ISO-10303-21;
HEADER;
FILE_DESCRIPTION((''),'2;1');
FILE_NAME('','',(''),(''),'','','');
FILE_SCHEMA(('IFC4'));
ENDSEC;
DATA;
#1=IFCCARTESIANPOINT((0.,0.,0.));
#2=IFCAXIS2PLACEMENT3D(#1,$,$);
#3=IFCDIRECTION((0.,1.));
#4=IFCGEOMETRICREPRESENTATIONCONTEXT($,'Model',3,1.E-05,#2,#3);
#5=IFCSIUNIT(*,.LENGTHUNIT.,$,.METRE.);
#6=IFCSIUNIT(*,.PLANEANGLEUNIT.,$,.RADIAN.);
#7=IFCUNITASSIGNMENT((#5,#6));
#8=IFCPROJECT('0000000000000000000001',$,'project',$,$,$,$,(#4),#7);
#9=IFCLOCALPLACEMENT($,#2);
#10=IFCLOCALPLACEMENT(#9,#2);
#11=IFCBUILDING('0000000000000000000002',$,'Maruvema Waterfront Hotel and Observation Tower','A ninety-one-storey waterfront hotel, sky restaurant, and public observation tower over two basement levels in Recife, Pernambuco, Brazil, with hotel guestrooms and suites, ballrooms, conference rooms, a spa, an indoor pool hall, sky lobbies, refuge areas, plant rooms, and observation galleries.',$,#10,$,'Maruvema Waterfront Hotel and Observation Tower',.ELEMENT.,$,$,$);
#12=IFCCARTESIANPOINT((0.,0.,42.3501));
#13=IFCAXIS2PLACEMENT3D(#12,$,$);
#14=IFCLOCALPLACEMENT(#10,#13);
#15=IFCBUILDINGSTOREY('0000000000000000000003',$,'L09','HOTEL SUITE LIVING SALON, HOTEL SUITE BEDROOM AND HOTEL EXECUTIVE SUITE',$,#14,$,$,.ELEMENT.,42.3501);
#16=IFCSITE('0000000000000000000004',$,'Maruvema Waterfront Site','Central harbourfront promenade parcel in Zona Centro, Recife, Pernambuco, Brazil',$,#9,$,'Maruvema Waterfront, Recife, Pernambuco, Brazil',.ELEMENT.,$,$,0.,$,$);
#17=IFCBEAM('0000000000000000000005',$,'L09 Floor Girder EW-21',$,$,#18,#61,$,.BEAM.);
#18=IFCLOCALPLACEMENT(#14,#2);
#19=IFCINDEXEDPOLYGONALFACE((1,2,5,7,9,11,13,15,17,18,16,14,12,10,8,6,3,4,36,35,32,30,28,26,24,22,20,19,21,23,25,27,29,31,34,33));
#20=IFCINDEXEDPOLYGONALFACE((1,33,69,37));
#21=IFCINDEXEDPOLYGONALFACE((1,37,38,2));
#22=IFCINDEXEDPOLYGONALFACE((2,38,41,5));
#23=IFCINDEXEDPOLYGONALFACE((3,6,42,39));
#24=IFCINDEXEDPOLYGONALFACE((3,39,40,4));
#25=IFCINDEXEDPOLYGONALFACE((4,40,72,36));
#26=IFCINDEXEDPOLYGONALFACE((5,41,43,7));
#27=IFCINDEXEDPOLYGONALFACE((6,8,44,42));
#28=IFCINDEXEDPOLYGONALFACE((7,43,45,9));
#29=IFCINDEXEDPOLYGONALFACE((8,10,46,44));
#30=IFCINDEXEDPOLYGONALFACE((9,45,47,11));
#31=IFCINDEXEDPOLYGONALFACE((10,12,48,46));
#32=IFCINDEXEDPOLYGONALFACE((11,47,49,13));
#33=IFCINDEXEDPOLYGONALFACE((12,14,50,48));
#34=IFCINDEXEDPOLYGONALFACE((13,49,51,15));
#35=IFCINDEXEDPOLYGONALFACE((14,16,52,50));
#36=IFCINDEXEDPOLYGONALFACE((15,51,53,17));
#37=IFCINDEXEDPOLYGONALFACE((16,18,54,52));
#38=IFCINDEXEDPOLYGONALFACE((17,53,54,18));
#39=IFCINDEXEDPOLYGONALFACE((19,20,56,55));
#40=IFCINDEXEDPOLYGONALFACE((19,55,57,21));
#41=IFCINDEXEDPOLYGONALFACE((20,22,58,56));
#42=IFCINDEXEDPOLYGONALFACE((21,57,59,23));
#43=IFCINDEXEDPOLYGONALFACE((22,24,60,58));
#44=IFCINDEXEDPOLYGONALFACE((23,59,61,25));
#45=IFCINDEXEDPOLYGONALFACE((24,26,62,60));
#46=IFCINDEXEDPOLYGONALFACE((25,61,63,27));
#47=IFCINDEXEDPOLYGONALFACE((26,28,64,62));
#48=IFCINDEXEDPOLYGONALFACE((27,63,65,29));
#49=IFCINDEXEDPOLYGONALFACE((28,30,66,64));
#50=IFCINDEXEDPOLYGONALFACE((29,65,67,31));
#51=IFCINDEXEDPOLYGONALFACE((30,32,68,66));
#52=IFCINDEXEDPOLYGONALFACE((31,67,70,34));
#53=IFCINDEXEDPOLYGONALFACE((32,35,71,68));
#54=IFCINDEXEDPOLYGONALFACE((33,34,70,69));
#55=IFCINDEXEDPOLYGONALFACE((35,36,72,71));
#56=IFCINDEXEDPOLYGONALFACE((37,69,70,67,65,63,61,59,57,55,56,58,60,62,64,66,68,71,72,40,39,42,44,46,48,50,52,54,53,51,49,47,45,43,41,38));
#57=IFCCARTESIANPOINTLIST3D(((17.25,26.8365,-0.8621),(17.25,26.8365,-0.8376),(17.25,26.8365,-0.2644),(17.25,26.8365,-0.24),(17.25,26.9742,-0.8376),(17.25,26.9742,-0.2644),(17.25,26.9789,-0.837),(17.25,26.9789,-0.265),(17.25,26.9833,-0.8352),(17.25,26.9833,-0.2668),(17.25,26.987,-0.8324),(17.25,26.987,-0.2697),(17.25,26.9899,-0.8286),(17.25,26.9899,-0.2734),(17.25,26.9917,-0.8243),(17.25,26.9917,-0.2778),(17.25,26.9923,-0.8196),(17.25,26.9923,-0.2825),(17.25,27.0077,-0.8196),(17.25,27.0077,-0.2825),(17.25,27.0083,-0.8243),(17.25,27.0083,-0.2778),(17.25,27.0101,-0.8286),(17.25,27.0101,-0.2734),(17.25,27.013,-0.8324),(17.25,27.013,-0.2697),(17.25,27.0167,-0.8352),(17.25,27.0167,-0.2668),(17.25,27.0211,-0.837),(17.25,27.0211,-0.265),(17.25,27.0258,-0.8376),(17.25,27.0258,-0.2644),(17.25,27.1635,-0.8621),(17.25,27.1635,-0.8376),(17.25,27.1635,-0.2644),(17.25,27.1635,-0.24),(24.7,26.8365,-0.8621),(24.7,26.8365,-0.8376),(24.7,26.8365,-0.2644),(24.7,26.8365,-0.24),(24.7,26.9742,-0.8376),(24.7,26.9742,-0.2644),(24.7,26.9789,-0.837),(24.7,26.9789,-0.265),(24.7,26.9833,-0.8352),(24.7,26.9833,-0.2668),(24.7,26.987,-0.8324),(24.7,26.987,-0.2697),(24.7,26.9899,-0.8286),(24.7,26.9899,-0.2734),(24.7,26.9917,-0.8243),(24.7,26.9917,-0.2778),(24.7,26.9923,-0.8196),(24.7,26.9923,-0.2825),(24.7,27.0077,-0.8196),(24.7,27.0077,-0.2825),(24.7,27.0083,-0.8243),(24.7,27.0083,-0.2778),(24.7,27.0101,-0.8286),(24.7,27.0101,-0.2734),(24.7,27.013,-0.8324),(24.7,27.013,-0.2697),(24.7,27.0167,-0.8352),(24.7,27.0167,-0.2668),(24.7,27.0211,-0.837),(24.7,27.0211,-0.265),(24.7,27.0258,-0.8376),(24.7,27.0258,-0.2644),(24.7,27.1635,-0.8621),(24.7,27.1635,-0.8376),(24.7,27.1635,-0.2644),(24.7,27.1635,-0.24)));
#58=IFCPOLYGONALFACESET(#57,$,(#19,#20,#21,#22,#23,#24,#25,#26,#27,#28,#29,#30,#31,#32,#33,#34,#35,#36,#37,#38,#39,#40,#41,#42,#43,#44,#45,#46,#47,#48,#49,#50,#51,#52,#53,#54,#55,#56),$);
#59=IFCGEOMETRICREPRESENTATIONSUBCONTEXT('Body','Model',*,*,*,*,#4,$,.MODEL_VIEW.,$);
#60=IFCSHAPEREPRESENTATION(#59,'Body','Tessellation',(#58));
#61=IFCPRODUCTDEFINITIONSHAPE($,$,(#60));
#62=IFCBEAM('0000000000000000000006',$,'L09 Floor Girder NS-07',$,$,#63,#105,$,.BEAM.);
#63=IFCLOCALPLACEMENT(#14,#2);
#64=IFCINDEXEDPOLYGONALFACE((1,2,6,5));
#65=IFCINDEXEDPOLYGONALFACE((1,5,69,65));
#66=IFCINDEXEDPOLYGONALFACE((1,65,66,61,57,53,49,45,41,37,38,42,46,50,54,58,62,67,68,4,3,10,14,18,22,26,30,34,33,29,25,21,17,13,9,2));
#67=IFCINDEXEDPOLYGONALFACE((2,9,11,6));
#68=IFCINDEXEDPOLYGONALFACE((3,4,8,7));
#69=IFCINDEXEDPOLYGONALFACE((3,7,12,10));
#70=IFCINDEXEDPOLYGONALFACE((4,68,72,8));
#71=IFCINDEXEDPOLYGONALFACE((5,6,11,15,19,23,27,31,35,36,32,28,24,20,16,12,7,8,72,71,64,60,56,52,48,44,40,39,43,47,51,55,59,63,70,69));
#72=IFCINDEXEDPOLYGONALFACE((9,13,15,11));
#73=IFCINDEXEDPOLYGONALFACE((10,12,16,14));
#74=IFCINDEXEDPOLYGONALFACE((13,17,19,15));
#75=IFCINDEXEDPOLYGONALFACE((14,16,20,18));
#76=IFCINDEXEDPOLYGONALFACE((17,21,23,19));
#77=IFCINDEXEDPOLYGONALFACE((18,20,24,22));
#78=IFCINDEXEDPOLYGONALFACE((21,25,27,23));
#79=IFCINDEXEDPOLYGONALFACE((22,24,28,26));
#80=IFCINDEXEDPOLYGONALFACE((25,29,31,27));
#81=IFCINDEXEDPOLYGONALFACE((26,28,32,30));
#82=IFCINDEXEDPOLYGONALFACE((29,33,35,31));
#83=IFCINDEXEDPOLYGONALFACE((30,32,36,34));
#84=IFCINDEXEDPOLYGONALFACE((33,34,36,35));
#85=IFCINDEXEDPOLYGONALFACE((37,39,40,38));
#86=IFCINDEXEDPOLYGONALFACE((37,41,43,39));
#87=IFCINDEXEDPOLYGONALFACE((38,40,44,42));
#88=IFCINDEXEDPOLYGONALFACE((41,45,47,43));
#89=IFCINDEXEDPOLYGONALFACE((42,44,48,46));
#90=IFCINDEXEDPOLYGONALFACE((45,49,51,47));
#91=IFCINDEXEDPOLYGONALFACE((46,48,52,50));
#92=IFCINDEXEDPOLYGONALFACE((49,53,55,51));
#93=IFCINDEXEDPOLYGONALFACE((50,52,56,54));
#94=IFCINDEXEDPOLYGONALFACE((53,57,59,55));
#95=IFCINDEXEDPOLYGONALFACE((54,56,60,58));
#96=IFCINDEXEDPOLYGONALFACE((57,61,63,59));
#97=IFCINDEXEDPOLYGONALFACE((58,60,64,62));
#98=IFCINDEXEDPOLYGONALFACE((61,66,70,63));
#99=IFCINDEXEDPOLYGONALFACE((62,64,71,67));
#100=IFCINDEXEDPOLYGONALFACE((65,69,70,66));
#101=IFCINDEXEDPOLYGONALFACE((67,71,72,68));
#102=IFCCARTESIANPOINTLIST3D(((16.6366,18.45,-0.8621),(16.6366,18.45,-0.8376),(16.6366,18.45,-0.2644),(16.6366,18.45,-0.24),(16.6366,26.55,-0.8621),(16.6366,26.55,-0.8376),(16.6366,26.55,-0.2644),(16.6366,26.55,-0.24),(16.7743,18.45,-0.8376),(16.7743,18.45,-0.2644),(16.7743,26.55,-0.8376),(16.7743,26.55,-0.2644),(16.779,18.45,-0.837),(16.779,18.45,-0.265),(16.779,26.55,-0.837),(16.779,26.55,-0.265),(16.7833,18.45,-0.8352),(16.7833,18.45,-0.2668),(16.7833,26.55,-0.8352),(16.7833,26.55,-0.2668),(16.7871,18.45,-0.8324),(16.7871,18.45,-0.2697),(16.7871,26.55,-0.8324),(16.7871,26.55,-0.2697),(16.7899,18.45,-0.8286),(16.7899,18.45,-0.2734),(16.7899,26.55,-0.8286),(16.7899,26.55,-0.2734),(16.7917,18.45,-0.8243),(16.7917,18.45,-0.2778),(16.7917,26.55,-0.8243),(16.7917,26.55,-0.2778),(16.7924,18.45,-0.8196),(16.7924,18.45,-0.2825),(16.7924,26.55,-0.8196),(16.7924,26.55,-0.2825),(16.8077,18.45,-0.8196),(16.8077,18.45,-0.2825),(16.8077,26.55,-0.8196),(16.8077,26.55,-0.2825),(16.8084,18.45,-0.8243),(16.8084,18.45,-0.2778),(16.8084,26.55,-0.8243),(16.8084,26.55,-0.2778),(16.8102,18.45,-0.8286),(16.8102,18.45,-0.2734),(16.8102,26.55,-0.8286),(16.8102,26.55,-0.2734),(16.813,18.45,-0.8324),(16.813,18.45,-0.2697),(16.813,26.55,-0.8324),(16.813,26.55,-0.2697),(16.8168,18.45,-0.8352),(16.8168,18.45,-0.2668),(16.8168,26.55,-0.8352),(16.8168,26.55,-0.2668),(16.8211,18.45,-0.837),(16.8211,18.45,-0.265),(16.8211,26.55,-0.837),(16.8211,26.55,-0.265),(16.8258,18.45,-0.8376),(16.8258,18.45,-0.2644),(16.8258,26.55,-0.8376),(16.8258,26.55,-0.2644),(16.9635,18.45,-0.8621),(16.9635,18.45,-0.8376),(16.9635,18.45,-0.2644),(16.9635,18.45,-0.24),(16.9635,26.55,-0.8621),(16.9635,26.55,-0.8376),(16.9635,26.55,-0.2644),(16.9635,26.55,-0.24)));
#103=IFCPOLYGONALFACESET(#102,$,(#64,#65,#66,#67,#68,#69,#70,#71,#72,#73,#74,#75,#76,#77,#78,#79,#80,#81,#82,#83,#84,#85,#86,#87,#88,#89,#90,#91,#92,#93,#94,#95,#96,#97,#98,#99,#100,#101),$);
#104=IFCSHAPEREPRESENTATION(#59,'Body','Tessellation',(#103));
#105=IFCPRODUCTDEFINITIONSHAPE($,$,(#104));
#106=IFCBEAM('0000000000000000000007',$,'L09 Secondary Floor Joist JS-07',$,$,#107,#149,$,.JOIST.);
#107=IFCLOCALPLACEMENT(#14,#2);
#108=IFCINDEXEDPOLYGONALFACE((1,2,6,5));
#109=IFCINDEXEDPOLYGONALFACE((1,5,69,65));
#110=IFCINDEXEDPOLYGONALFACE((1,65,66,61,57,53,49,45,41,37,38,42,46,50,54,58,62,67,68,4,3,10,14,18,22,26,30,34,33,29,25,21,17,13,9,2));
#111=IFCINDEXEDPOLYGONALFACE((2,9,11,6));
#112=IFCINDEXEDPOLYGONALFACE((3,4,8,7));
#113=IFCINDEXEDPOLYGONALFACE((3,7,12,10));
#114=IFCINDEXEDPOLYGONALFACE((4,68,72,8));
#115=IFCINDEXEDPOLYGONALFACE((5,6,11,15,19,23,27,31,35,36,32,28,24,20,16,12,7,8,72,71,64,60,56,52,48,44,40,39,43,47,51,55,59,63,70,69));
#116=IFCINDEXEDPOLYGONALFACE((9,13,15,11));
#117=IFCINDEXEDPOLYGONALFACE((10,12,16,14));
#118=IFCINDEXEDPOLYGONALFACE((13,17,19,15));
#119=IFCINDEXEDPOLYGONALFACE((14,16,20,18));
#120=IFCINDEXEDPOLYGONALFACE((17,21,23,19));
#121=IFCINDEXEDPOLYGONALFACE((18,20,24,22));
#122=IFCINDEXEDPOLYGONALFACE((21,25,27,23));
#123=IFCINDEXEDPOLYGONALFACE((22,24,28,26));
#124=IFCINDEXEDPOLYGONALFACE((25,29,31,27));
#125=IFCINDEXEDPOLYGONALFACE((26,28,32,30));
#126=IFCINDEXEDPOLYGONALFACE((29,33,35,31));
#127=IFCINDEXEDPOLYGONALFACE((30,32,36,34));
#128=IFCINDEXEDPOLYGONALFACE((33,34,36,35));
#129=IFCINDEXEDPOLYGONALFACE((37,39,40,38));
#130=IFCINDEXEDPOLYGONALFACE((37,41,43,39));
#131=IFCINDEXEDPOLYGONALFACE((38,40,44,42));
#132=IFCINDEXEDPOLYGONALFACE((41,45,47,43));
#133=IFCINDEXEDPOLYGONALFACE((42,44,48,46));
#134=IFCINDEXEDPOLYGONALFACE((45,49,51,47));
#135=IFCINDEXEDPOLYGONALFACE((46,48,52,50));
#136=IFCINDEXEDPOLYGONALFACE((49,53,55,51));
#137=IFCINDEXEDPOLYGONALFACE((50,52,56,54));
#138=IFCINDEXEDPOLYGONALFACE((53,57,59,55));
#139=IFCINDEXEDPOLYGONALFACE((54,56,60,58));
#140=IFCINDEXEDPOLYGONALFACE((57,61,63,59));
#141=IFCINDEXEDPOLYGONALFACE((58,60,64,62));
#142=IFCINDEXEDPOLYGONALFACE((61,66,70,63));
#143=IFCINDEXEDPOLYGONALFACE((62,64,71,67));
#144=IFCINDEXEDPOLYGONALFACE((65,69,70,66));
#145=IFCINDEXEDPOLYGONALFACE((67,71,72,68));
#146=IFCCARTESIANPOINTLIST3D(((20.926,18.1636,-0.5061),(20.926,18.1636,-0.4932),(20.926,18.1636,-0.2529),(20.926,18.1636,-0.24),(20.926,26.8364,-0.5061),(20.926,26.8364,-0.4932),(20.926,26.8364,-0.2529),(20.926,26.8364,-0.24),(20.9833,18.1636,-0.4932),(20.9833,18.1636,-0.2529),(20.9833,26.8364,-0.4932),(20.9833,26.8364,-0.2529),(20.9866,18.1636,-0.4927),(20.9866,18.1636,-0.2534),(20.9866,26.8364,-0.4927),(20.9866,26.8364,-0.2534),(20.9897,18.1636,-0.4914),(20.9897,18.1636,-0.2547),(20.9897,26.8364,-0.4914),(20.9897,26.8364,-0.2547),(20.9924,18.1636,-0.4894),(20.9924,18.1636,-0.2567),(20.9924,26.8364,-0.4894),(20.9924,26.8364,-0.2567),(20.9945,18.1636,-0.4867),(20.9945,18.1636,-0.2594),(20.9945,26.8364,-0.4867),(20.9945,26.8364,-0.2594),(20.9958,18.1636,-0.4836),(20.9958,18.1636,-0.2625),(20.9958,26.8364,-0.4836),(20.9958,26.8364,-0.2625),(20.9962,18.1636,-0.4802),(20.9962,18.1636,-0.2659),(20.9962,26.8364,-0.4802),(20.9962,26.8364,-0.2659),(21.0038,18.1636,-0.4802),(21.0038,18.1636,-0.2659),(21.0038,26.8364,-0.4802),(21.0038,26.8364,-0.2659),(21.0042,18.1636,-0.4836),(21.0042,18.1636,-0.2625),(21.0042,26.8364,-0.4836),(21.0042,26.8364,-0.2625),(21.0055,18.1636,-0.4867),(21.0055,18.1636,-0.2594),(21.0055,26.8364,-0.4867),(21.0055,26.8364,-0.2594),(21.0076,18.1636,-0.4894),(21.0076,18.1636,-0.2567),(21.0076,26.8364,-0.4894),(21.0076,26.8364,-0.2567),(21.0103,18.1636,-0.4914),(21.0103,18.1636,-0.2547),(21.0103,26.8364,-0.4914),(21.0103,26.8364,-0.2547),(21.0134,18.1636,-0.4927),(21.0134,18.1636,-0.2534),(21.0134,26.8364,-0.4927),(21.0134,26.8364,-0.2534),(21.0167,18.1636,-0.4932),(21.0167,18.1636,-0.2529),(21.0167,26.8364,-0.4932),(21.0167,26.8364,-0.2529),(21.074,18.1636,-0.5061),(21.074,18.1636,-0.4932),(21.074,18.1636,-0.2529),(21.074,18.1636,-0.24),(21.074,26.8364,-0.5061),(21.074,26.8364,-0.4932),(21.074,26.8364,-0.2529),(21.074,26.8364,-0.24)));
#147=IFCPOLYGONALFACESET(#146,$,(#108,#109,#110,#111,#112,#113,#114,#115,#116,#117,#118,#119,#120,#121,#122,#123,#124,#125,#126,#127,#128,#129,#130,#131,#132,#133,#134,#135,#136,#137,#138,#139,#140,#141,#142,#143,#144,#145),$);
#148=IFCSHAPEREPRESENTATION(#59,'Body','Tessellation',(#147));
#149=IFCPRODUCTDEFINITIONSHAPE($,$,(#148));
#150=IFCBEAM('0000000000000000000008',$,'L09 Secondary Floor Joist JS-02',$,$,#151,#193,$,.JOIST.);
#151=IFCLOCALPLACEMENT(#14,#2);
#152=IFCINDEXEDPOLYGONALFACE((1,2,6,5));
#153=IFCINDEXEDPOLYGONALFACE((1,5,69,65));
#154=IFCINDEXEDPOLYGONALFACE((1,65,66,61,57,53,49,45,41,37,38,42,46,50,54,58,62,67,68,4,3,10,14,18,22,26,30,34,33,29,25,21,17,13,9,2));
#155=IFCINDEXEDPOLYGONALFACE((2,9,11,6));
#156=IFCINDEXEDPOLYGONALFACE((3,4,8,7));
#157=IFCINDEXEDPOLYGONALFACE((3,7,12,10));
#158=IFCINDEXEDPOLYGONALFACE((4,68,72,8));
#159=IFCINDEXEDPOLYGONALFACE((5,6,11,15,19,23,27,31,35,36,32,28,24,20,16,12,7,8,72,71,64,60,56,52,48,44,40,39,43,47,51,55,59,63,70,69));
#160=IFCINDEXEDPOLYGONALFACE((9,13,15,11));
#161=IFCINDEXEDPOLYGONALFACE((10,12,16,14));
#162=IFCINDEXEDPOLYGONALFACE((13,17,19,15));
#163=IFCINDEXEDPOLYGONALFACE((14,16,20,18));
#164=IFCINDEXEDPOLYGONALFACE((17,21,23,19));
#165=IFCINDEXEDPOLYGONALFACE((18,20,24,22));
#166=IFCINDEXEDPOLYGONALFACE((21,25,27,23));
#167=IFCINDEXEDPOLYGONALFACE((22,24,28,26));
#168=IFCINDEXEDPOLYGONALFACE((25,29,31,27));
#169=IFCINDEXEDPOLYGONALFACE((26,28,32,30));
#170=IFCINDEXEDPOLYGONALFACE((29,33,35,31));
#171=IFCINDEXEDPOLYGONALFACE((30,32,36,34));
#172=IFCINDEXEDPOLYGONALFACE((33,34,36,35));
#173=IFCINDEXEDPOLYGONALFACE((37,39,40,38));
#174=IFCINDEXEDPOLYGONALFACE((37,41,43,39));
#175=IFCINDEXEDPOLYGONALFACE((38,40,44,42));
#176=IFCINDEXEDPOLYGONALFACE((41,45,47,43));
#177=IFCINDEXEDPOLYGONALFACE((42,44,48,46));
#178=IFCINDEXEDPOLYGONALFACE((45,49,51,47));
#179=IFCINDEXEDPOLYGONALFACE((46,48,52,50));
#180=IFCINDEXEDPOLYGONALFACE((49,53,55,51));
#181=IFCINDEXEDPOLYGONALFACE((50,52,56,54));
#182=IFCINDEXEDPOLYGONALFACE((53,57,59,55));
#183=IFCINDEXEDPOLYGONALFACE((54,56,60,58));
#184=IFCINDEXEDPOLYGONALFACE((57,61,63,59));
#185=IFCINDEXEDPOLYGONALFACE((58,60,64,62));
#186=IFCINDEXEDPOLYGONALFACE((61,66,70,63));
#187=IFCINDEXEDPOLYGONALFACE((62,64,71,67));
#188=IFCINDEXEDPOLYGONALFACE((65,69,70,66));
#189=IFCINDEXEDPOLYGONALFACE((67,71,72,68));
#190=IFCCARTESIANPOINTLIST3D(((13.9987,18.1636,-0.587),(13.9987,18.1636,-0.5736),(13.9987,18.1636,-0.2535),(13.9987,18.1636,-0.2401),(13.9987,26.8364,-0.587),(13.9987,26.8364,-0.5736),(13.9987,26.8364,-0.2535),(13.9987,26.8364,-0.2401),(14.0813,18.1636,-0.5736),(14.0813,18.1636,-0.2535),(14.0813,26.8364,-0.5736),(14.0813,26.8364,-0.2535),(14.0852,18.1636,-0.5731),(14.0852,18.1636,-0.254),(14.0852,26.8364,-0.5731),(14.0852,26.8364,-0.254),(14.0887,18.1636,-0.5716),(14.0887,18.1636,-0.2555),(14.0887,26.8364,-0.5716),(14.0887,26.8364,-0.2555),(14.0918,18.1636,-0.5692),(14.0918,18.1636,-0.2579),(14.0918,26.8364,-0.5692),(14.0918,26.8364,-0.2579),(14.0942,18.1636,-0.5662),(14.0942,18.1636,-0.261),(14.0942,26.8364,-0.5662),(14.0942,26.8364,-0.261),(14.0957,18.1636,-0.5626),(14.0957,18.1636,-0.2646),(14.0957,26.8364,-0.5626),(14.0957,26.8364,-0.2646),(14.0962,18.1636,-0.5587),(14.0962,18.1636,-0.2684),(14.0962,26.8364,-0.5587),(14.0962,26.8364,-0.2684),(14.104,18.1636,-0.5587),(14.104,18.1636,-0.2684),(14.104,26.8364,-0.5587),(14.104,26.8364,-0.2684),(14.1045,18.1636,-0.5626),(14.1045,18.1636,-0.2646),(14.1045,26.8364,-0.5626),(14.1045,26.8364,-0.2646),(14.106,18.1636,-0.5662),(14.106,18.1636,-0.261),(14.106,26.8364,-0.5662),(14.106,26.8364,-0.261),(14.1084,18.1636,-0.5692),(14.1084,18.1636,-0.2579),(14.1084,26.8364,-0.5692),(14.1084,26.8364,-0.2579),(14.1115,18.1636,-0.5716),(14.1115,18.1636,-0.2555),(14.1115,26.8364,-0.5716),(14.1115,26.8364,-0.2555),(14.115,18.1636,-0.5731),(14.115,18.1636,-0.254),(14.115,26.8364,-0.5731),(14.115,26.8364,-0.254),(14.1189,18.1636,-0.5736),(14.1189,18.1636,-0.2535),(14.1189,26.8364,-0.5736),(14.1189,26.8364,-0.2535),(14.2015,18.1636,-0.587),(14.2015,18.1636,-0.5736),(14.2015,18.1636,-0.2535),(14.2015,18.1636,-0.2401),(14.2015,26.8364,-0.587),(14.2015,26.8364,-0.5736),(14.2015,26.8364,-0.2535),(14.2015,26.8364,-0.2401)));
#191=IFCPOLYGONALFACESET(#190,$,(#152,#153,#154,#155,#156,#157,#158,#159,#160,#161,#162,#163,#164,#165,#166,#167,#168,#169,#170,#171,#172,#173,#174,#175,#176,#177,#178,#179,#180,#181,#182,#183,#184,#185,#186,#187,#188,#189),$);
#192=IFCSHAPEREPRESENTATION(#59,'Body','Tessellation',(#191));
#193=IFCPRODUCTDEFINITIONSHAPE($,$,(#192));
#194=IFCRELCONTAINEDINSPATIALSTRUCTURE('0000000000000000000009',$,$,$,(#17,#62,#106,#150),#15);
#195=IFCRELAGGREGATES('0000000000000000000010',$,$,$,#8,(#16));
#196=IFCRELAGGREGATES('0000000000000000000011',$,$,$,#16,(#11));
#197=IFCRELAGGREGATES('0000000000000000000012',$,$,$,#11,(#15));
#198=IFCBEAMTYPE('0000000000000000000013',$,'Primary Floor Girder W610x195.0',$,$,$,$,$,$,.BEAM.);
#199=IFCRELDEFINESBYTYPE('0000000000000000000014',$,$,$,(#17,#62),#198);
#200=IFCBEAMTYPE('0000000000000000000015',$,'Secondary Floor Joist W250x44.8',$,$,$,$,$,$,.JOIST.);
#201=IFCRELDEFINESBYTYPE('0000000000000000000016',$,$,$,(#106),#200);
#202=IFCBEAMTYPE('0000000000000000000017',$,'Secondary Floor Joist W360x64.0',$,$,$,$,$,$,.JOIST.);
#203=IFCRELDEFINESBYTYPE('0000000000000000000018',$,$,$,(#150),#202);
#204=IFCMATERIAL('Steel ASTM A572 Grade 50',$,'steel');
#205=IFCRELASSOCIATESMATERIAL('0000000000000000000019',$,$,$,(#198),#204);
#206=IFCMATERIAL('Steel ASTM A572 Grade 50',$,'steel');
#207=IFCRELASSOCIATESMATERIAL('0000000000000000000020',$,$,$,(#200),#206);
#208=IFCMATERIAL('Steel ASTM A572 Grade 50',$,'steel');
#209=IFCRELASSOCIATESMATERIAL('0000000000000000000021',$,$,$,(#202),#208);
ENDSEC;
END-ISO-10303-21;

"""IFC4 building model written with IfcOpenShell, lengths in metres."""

from ifc_helpers import new_model, si_unit, direction, frame, origin, origin_2d, place, context, subcontext, project, spatial, i_section, extrude, material, material_profile, profile_set, type_object, element, save


model = new_model("IFC4")

# Units and contexts
model_context = context("Model", 3, precision=1e-05, world=origin(), true_north=direction((0.0, 1.0)))
body_context = subcontext(model_context, "Body", "Model", "MODEL_VIEW")
ifc_project = project(units=[si_unit("LENGTHUNIT", "METRE"), si_unit("PLANEANGLEUNIT", "RADIAN")], contexts=[model_context])

# Site, building, storey
site_placement = place(None, origin())
site = spatial("IfcSite", under=ifc_project, at=site_placement, Name="Maruvema Waterfront Site", Description="Central harbourfront promenade parcel in Zona Centro, Recife, Pernambuco, Brazil", LongName="Maruvema Waterfront, Recife, Pernambuco, Brazil", CompositionType="ELEMENT", RefElevation=0.0)
building_placement = place(site_placement, origin())
building = spatial("IfcBuilding", under=site, at=building_placement, Name="Maruvema Waterfront Hotel and Observation Tower", Description="A ninety-one-storey waterfront hotel, sky restaurant, and public observation tower over two basement levels in Recife, Pernambuco, Brazil, with hotel guestrooms and suites, ballrooms, conference rooms, a spa, an indoor pool hall, sky lobbies, refuge areas, plant rooms, and observation galleries.", LongName="Maruvema Waterfront Hotel and Observation Tower", CompositionType="ELEMENT")
storey_placement = place(building_placement, frame((0.0, 0.0, 42.3501)))
storey = spatial("IfcBuildingStorey", under=building, at=storey_placement, Name="L09", Description="HOTEL SUITE LIVING SALON, HOTEL SUITE BEDROOM AND HOTEL EXECUTIVE SUITE", CompositionType="ELEMENT", Elevation=42.3501)

# Beams
ifc_material_1 = material(Name="Steel ASTM A572 Grade 50", Category="steel")
ifc_material_profile_1 = material_profile(ifc_material_1, i_section(OverallWidth=0.3269, OverallDepth=0.6221, WebThickness=0.0154, FlangeThickness=0.0244, FilletRadius=0.0181, at=origin_2d()), Name="W610x195.0")
ifc_profile_set_1 = profile_set([ifc_material_profile_1], Name="Steel ASTM A572 Grade 50")
beam_type_1 = type_object("IfcBeamType", Name="Primary Floor Girder W610x195.0", PredefinedType="BEAM", material=ifc_profile_set_1)
beam_1_placement = place(storey_placement, frame((17.25, 27.0, -0.551), z_axis=(1.0, 0.0, 0.0), x_axis=(0.0, 1.0, 0.0)))
element("IfcBeam", 1, at=beam_1_placement, inside=storey, type_object=beam_type_1, Name="L09 Floor Girder EW-21", PredefinedType="BEAM", context=body_context, shape_type="SweptSolid", body=[
    extrude(i_section(OverallWidth=0.3269, OverallDepth=0.6221, WebThickness=0.0154, FlangeThickness=0.0244, FilletRadius=0.0181, at=origin_2d()), origin(), (0.0, 0.0, 1.0), 7.45),
])
beam_2_placement = place(storey_placement, frame((16.8, 18.45, -0.551), z_axis=(0.0, 1.0, 0.0), x_axis=(-1.0, 0.0, 0.0)))
element("IfcBeam", 2, at=beam_2_placement, inside=storey, type_object=beam_type_1, Name="L09 Floor Girder NS-07", PredefinedType="BEAM", context=body_context, shape_type="SweptSolid", body=[
    extrude(i_section(OverallWidth=0.3269, OverallDepth=0.6221, WebThickness=0.0154, FlangeThickness=0.0244, FilletRadius=0.0181, at=origin_2d()), origin(), (0.0, 0.0, 1.0), 8.1001),
])
ifc_material_2 = material(Name="Steel ASTM A572 Grade 50", Category="steel")
ifc_material_profile_2 = material_profile(ifc_material_2, i_section(OverallWidth=0.1479, OverallDepth=0.2661, WebThickness=0.0076, FlangeThickness=0.0129, FilletRadius=0.0129, at=origin_2d()), Name="W250x44.8")
ifc_profile_set_2 = profile_set([ifc_material_profile_2], Name="Steel ASTM A572 Grade 50")
beam_type_2 = type_object("IfcBeamType", Name="Secondary Floor Joist W250x44.8", PredefinedType="JOIST", material=ifc_profile_set_2)
beam_3_placement = place(storey_placement, frame((21.0, 18.1636, -0.373), z_axis=(0.0, 1.0, 0.0), x_axis=(-1.0, 0.0, 0.0)))
element("IfcBeam", 3, at=beam_3_placement, inside=storey, type_object=beam_type_2, Name="L09 Secondary Floor Joist JS-07", PredefinedType="JOIST", context=body_context, shape_type="SweptSolid", body=[
    extrude(i_section(OverallWidth=0.1479, OverallDepth=0.2661, WebThickness=0.0076, FlangeThickness=0.0129, FilletRadius=0.0129, at=origin_2d()), origin(), (0.0, 0.0, 1.0), 8.6729),
])
ifc_material_3 = material(Name="Steel ASTM A572 Grade 50", Category="steel")
ifc_material_profile_3 = material_profile(ifc_material_3, i_section(OverallWidth=0.2029, OverallDepth=0.3469, WebThickness=0.0078, FlangeThickness=0.0134, FilletRadius=0.0149, at=origin_2d()), Name="W360x64.0")
ifc_profile_set_3 = profile_set([ifc_material_profile_3], Name="Steel ASTM A572 Grade 50")
beam_type_3 = type_object("IfcBeamType", Name="Secondary Floor Joist W360x64.0", PredefinedType="JOIST", material=ifc_profile_set_3)
beam_4_placement = place(storey_placement, frame((14.1001, 18.1636, -0.4136), z_axis=(0.0, 1.0, 0.0), x_axis=(-1.0, 0.0, 0.0)))
element("IfcBeam", 4, at=beam_4_placement, inside=storey, type_object=beam_type_3, Name="L09 Secondary Floor Joist JS-02", PredefinedType="JOIST", context=body_context, shape_type="SweptSolid", body=[
    extrude(i_section(OverallWidth=0.2029, OverallDepth=0.3469, WebThickness=0.0078, FlangeThickness=0.0134, FilletRadius=0.0149, at=origin_2d()), origin(), (0.0, 0.0, 1.0), 8.6729),
])

save(model, "model.ifc")
